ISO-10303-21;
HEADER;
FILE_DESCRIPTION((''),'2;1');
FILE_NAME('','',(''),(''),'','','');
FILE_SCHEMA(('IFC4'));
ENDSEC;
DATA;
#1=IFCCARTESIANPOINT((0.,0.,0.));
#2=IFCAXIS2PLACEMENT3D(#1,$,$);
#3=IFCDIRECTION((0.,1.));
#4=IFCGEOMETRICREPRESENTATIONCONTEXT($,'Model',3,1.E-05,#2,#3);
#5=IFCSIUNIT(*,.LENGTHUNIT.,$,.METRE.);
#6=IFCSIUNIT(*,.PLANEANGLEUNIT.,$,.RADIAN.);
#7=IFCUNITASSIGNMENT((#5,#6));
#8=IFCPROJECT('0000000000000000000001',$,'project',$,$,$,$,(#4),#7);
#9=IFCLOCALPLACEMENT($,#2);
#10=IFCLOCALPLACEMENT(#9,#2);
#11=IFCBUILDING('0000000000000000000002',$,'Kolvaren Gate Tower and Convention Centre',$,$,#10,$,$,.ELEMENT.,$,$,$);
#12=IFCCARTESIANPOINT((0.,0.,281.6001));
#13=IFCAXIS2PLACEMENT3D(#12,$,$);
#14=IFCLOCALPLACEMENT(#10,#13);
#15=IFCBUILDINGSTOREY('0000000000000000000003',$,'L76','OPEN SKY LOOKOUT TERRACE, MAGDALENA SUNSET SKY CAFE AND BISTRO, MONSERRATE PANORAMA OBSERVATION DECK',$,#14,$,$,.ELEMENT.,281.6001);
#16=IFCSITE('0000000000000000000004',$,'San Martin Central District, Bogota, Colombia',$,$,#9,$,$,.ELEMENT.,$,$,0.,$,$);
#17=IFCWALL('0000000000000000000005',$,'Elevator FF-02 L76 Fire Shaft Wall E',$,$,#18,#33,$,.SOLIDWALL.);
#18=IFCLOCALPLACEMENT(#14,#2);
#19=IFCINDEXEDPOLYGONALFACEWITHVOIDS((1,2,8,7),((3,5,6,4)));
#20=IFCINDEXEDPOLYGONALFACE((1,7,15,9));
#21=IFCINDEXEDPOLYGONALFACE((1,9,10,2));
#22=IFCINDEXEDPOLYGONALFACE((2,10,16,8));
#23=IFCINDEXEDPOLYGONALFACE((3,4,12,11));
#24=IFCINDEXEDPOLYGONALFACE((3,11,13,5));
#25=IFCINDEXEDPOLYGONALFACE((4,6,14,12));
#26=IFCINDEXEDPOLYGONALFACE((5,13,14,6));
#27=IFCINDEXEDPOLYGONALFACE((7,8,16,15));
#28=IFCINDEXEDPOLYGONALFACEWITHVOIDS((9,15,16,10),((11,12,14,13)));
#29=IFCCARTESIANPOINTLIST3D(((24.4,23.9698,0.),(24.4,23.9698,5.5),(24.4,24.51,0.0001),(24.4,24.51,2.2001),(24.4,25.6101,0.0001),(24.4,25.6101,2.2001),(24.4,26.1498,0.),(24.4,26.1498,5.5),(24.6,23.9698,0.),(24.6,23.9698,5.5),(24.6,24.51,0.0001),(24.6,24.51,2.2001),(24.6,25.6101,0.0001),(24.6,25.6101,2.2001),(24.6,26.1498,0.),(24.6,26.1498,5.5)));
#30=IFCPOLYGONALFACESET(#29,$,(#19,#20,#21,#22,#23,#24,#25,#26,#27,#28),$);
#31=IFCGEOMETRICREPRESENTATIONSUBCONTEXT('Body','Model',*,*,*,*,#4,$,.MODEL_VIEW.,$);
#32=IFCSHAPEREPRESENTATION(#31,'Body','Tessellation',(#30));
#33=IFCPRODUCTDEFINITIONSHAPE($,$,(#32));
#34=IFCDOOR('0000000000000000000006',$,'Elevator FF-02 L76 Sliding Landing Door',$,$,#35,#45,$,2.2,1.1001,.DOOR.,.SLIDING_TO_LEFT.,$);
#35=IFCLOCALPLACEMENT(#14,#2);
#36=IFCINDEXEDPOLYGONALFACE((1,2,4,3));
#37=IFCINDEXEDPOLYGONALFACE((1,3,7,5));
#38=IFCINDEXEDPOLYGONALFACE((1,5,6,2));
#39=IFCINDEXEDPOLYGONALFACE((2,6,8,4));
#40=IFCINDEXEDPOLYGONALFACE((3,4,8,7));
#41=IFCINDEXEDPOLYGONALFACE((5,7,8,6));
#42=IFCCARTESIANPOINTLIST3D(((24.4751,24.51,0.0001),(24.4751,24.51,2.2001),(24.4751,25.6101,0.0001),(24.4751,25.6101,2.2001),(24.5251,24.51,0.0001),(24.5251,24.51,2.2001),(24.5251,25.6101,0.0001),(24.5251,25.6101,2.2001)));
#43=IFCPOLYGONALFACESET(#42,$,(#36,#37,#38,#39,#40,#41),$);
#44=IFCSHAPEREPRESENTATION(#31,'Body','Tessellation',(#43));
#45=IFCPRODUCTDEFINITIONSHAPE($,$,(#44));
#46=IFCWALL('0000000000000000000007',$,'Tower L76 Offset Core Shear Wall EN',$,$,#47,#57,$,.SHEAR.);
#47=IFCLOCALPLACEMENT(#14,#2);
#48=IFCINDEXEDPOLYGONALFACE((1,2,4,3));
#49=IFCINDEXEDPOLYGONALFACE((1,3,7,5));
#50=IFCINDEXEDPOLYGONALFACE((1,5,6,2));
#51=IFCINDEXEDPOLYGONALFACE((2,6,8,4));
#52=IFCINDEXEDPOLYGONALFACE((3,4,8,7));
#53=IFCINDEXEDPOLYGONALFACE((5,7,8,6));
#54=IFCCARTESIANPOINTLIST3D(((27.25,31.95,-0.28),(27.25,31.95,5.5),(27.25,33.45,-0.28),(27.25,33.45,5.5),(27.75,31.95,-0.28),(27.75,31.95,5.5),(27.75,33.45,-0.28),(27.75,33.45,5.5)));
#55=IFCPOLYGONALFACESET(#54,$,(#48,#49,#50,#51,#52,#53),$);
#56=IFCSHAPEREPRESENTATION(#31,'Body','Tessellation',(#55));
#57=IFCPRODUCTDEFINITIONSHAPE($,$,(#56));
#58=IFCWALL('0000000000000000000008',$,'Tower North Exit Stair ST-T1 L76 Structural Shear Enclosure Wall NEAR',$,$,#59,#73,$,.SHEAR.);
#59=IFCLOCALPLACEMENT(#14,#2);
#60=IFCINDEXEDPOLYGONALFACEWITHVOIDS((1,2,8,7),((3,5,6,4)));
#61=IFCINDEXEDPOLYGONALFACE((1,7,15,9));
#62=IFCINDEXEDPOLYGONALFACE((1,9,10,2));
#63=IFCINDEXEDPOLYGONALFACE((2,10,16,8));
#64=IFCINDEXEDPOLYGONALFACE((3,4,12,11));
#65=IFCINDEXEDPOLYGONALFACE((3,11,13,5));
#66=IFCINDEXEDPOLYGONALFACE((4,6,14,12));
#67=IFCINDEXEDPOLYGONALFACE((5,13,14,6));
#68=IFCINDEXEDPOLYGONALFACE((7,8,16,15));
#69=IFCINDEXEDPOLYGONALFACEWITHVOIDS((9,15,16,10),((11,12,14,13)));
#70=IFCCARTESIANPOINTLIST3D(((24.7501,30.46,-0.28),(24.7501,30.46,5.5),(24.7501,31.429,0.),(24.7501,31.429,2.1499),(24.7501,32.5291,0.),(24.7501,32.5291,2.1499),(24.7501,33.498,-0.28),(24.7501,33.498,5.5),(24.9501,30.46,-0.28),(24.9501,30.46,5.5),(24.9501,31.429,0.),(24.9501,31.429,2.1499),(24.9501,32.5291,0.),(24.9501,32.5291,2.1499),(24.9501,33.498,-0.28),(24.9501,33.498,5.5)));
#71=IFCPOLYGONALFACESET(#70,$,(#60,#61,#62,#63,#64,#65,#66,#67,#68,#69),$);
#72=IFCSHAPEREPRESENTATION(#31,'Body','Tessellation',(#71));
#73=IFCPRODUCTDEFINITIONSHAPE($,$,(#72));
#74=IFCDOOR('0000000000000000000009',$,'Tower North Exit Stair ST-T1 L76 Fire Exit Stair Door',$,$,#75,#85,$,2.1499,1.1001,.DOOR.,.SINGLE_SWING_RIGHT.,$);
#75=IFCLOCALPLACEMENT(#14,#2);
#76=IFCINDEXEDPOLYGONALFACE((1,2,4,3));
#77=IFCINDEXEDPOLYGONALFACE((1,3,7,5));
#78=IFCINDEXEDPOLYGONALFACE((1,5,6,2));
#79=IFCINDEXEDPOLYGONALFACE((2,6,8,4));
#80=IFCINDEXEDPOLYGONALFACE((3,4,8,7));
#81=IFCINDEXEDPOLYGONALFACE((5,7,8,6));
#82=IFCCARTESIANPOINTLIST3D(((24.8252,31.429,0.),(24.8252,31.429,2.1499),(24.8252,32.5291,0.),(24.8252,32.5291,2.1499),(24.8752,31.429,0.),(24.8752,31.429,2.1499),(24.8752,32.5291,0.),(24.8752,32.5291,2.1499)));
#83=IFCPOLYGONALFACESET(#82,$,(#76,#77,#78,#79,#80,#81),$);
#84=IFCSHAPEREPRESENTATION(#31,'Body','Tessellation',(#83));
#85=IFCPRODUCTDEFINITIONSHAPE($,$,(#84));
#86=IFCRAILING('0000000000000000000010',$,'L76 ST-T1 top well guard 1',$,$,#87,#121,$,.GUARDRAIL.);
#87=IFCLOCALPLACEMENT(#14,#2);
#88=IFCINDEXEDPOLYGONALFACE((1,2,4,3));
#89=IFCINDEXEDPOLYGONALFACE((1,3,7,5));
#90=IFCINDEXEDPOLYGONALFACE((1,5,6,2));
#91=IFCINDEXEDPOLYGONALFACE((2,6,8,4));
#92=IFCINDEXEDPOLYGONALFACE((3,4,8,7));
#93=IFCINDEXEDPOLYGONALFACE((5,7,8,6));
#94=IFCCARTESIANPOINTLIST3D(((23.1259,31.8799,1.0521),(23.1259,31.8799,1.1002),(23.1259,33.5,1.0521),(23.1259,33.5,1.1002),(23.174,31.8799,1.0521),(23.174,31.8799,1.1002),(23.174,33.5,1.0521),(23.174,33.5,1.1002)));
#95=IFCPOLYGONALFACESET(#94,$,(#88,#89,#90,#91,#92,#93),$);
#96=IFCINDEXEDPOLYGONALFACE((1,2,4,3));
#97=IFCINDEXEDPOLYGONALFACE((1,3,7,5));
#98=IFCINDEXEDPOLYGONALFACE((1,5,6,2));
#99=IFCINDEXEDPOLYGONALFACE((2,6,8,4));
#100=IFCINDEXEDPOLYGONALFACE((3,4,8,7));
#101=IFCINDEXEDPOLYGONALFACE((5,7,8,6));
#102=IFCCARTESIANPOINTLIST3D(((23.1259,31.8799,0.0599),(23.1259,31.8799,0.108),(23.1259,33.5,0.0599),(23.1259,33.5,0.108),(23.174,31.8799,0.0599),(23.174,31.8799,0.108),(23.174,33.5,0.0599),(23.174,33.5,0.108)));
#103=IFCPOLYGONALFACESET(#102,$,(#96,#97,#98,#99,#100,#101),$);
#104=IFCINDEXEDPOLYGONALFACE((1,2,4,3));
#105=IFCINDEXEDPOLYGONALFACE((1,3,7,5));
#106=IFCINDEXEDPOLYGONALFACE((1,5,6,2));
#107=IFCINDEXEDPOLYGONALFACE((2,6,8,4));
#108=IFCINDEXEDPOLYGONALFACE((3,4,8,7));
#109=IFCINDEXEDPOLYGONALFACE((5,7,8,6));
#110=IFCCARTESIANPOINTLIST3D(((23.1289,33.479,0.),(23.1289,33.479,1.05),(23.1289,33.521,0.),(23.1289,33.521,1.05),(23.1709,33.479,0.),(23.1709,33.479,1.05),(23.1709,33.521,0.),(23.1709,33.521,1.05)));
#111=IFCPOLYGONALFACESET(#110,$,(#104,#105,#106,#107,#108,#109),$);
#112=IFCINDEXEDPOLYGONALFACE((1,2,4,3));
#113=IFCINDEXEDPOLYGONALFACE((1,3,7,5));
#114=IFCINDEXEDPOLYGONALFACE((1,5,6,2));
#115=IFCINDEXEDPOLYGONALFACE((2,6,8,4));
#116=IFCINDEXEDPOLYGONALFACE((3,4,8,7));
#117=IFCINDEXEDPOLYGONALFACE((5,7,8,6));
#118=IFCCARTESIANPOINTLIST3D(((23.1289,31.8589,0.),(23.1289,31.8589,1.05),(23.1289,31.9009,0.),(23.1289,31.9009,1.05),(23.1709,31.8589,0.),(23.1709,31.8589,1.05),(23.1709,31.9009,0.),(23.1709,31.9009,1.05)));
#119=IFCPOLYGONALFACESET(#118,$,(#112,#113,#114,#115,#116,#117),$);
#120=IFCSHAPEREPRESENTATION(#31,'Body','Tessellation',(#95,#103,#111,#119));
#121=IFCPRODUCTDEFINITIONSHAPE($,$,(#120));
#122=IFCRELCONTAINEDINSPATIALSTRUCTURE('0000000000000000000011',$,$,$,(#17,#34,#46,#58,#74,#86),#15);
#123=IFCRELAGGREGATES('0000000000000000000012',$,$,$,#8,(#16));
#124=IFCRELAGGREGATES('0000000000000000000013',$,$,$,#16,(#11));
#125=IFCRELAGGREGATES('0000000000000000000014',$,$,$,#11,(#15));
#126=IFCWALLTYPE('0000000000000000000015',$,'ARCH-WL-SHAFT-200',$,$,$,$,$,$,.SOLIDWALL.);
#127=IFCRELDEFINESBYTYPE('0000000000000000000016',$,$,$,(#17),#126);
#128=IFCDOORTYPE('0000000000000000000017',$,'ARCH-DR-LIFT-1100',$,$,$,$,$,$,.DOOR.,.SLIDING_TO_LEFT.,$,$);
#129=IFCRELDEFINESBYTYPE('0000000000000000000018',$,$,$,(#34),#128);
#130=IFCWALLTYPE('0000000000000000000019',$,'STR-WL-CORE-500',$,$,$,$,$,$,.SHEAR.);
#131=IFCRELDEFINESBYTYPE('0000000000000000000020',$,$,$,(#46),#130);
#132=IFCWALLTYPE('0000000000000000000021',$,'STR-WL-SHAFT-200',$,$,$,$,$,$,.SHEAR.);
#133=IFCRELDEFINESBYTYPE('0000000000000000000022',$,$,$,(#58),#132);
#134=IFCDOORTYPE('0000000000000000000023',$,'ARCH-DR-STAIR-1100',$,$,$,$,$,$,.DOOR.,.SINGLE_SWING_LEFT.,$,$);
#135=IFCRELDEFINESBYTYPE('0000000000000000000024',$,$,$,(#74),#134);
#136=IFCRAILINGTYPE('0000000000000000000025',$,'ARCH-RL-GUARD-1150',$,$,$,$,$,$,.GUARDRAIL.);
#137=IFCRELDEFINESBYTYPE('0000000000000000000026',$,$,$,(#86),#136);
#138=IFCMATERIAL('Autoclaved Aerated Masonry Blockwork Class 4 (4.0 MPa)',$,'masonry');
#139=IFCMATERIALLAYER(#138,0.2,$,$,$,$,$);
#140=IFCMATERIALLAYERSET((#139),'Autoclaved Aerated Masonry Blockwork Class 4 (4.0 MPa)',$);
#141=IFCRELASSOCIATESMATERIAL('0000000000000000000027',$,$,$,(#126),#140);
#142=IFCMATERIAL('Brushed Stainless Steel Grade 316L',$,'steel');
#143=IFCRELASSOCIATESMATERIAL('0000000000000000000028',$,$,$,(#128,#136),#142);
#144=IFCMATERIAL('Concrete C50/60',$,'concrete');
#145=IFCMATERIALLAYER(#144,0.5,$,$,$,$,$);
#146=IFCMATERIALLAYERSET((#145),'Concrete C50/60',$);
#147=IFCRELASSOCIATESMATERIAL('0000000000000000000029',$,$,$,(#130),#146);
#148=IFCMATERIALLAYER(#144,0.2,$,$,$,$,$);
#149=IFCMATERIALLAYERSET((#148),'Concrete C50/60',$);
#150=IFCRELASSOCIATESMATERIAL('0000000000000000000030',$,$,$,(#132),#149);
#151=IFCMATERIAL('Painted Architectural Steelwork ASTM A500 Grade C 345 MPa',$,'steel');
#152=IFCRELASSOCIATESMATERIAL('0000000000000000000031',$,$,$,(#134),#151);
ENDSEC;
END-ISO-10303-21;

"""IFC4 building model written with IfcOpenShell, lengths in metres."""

from ifc_helpers import new_model, si_unit, direction, frame, frame_2d, origin, origin_2d, place, context, subcontext, project, spatial, rectangle, extrude, material, layer, layer_set, type_object, element, fill, save


model = new_model("IFC4")

# Units and contexts
model_context = context("Model", 3, precision=1e-05, world=origin(), true_north=direction((0.0, 1.0)))
body_context = subcontext(model_context, "Body", "Model", "MODEL_VIEW")
ifc_project = project(units=[si_unit("LENGTHUNIT", "METRE"), si_unit("PLANEANGLEUNIT", "RADIAN")], contexts=[model_context])

# Site, building, storey
site_placement = place(None, origin())
site = spatial("IfcSite", under=ifc_project, at=site_placement, Name="San Martin Central District, Bogota, Colombia", CompositionType="ELEMENT", RefElevation=0.0)
building_placement = place(site_placement, origin())
building = spatial("IfcBuilding", under=site, at=building_placement, Name="Kolvaren Gate Tower and Convention Centre", CompositionType="ELEMENT")
storey_placement = place(building_placement, frame((0.0, 0.0, 281.6001)))
storey = spatial("IfcBuildingStorey", under=building, at=storey_placement, Name="L76", Description="OPEN SKY LOOKOUT TERRACE, MAGDALENA SUNSET SKY CAFE AND BISTRO, MONSERRATE PANORAMA OBSERVATION DECK", CompositionType="ELEMENT", Elevation=281.6001)

# Shared definitions
ifc_material_1 = material(Name="Autoclaved Aerated Masonry Blockwork Class 4 (4.0 MPa)", Category="masonry")

# Shared definitions
ifc_material_2 = material(Name="Painted Architectural Steelwork ASTM A500 Grade C 345 MPa", Category="steel")

# Shared definitions
ifc_layer_1 = layer(ifc_material_1, 0.2)
ifc_layer_set_1 = layer_set([ifc_layer_1], Name="Autoclaved Aerated Masonry Blockwork Class 4 (4.0 MPa)")
wall_type_1 = type_object("IfcWallType", Name="ARCH-WL-SHAFT-200", PredefinedType="SOLIDWALL", material=ifc_layer_set_1)

# Shared definitions
ifc_material_3 = material(Name="Brushed Stainless Steel Grade 316L", Category="steel")
door_type_1 = type_object("IfcDoorType", Name="ARCH-DR-LIFT-1100", OperationType="SLIDING_TO_LEFT", PredefinedType="DOOR", material=ifc_material_3)

# Wall, opening, door
wall_1_placement = place(storey_placement, frame((24.5, 23.97, 0.0), z_axis=(0.0, 0.0, 1.0), x_axis=(0.0, 1.0, 0.0)))
wall_1 = element("IfcWall", 1, at=wall_1_placement, inside=storey, type_object=wall_type_1, Name="Elevator FF-02 L76 Fire Shaft Wall E", PredefinedType="SOLIDWALL", context=body_context, shape_type="SweptSolid", body=[
    extrude(rectangle(XDim=2.1799, YDim=0.2, at=frame_2d((1.0898, 0.0))), origin(), (0.0, 0.0, 1.0), 5.5),
])
opening_1_placement = place(wall_1_placement, frame((0.54, 0.0, 0.0)))
opening_1 = element("IfcOpeningElement", 2, at=opening_1_placement, cuts=wall_1, PredefinedType="OPENING", context=body_context, shape_type="SweptSolid", body=[
    extrude(rectangle(XDim=1.1001, YDim=2.2, at=frame_2d((0.55, 1.1001))), frame((0.0, 0.1099, 0.0), z_axis=(0.0, -1.0, 0.0), x_axis=(1.0, 0.0, 0.0)), (0.0, 0.0, 1.0), 0.22),
])
door_1_placement = place(opening_1_placement, origin())
door_1 = element("IfcDoor", 3, at=door_1_placement, inside=storey, type_object=door_type_1, Name="Elevator FF-02 L76 Sliding Landing Door", OperationType="SLIDING_TO_LEFT", OverallHeight=2.2, OverallWidth=1.1001, PredefinedType="DOOR", context=body_context, shape_type="SweptSolid", body=[
    extrude(rectangle(XDim=1.1001, YDim=2.2, at=frame_2d((0.55, 1.1001))), frame((0.0, 0.0249, 0.0), z_axis=(0.0, -1.0, 0.0), x_axis=(1.0, 0.0, 0.0)), (0.0, 0.0, 1.0), 0.05),
])
fill(opening_1, door_1)

# Wall
ifc_material_4 = material(Name="Concrete C50/60", Category="concrete")
ifc_layer_2 = layer(ifc_material_4, 0.5)
ifc_layer_set_2 = layer_set([ifc_layer_2], Name="Concrete C50/60")
wall_type_2 = type_object("IfcWallType", Name="STR-WL-CORE-500", PredefinedType="SHEAR", material=ifc_layer_set_2)
wall_2_placement = place(storey_placement, frame((27.5, 31.95, -0.28), z_axis=(0.0, 0.0, 1.0), x_axis=(0.0, 1.0, 0.0)))
element("IfcWall", 4, at=wall_2_placement, inside=storey, type_object=wall_type_2, Name="Tower L76 Offset Core Shear Wall EN", PredefinedType="SHEAR", context=body_context, shape_type="SweptSolid", body=[
    extrude(rectangle(XDim=1.5, YDim=0.5, at=frame_2d((0.75, 0.0))), origin(), (0.0, 0.0, 1.0), 5.78),
])

# Wall, opening, door
ifc_layer_3 = layer(ifc_material_4, 0.2)
ifc_layer_set_3 = layer_set([ifc_layer_3], Name="Concrete C50/60")
wall_type_3 = type_object("IfcWallType", Name="STR-WL-SHAFT-200", PredefinedType="SHEAR", material=ifc_layer_set_3)
wall_3_placement = place(storey_placement, frame((24.8501, 30.46, -0.28), z_axis=(0.0, 0.0, 1.0), x_axis=(0.0, 1.0, 0.0)))
wall_3 = element("IfcWall", 5, at=wall_3_placement, inside=storey, type_object=wall_type_3, Name="Tower North Exit Stair ST-T1 L76 Structural Shear Enclosure Wall NEAR", PredefinedType="SHEAR", context=body_context, shape_type="SweptSolid", body=[
    extrude(rectangle(XDim=3.0381, YDim=0.2, at=frame_2d((1.519, 0.0))), origin(), (0.0, 0.0, 1.0), 5.78),
])
opening_2_placement = place(wall_3_placement, frame((0.969, 0.0, 0.28)))
opening_2 = element("IfcOpeningElement", 6, at=opening_2_placement, cuts=wall_3, PredefinedType="OPENING", context=body_context, shape_type="SweptSolid", body=[
    extrude(rectangle(XDim=1.1001, YDim=2.1499, at=frame_2d((0.55, 1.075))), frame((0.0, 0.1099, 0.0), z_axis=(0.0, -1.0, 0.0), x_axis=(1.0, 0.0, 0.0)), (0.0, 0.0, 1.0), 0.22),
])
door_type_2 = type_object("IfcDoorType", Name="ARCH-DR-STAIR-1100", OperationType="SINGLE_SWING_LEFT", PredefinedType="DOOR", material=ifc_material_2)
door_2_placement = place(opening_2_placement, origin())
door_2 = element("IfcDoor", 7, at=door_2_placement, inside=storey, type_object=door_type_2, Name="Tower North Exit Stair ST-T1 L76 Fire Exit Stair Door", OperationType="SINGLE_SWING_RIGHT", OverallHeight=2.1499, OverallWidth=1.1001, PredefinedType="DOOR", context=body_context, shape_type="SweptSolid", body=[
    extrude(rectangle(XDim=1.1001, YDim=2.1499, at=frame_2d((0.55, 1.075))), frame((0.0, 0.0249, 0.0), z_axis=(0.0, -1.0, 0.0), x_axis=(1.0, 0.0, 0.0)), (0.0, 0.0, 1.0), 0.05),
])
fill(opening_2, door_2)

# Railing
railing_type = type_object("IfcRailingType", Name="ARCH-RL-GUARD-1150", PredefinedType="GUARDRAIL", material=ifc_material_3)
railing_placement = place(storey_placement, frame((23.1499, 33.5, 0.0)))
element("IfcRailing", 8, at=railing_placement, inside=storey, type_object=railing_type, Name="L76 ST-T1 top well guard 1", PredefinedType="GUARDRAIL", context=body_context, shape_type="SweptSolid", body=[
    extrude(rectangle(XDim=0.0481, YDim=0.0481, at=origin_2d()), frame((0.0, 0.0, 1.0762), z_axis=(0.0, -1.0, 0.0), x_axis=(1.0, 0.0, 0.0)), (0.0, 0.0, 1.0), 1.6201),
    extrude(rectangle(XDim=0.0481, YDim=0.0481, at=origin_2d()), frame((0.0, 0.0, 0.084), z_axis=(0.0, -1.0, 0.0), x_axis=(1.0, 0.0, 0.0)), (0.0, 0.0, 1.0), 1.6201),
    extrude(rectangle(XDim=0.042, YDim=0.042, at=origin_2d()), origin(), (0.0, 0.0, 1.0), 1.05),
    extrude(rectangle(XDim=0.042, YDim=0.042, at=origin_2d()), frame((0.0, -1.6201, 0.0)), (0.0, 0.0, 1.0), 1.05),
])

save(model, "model.ifc")
